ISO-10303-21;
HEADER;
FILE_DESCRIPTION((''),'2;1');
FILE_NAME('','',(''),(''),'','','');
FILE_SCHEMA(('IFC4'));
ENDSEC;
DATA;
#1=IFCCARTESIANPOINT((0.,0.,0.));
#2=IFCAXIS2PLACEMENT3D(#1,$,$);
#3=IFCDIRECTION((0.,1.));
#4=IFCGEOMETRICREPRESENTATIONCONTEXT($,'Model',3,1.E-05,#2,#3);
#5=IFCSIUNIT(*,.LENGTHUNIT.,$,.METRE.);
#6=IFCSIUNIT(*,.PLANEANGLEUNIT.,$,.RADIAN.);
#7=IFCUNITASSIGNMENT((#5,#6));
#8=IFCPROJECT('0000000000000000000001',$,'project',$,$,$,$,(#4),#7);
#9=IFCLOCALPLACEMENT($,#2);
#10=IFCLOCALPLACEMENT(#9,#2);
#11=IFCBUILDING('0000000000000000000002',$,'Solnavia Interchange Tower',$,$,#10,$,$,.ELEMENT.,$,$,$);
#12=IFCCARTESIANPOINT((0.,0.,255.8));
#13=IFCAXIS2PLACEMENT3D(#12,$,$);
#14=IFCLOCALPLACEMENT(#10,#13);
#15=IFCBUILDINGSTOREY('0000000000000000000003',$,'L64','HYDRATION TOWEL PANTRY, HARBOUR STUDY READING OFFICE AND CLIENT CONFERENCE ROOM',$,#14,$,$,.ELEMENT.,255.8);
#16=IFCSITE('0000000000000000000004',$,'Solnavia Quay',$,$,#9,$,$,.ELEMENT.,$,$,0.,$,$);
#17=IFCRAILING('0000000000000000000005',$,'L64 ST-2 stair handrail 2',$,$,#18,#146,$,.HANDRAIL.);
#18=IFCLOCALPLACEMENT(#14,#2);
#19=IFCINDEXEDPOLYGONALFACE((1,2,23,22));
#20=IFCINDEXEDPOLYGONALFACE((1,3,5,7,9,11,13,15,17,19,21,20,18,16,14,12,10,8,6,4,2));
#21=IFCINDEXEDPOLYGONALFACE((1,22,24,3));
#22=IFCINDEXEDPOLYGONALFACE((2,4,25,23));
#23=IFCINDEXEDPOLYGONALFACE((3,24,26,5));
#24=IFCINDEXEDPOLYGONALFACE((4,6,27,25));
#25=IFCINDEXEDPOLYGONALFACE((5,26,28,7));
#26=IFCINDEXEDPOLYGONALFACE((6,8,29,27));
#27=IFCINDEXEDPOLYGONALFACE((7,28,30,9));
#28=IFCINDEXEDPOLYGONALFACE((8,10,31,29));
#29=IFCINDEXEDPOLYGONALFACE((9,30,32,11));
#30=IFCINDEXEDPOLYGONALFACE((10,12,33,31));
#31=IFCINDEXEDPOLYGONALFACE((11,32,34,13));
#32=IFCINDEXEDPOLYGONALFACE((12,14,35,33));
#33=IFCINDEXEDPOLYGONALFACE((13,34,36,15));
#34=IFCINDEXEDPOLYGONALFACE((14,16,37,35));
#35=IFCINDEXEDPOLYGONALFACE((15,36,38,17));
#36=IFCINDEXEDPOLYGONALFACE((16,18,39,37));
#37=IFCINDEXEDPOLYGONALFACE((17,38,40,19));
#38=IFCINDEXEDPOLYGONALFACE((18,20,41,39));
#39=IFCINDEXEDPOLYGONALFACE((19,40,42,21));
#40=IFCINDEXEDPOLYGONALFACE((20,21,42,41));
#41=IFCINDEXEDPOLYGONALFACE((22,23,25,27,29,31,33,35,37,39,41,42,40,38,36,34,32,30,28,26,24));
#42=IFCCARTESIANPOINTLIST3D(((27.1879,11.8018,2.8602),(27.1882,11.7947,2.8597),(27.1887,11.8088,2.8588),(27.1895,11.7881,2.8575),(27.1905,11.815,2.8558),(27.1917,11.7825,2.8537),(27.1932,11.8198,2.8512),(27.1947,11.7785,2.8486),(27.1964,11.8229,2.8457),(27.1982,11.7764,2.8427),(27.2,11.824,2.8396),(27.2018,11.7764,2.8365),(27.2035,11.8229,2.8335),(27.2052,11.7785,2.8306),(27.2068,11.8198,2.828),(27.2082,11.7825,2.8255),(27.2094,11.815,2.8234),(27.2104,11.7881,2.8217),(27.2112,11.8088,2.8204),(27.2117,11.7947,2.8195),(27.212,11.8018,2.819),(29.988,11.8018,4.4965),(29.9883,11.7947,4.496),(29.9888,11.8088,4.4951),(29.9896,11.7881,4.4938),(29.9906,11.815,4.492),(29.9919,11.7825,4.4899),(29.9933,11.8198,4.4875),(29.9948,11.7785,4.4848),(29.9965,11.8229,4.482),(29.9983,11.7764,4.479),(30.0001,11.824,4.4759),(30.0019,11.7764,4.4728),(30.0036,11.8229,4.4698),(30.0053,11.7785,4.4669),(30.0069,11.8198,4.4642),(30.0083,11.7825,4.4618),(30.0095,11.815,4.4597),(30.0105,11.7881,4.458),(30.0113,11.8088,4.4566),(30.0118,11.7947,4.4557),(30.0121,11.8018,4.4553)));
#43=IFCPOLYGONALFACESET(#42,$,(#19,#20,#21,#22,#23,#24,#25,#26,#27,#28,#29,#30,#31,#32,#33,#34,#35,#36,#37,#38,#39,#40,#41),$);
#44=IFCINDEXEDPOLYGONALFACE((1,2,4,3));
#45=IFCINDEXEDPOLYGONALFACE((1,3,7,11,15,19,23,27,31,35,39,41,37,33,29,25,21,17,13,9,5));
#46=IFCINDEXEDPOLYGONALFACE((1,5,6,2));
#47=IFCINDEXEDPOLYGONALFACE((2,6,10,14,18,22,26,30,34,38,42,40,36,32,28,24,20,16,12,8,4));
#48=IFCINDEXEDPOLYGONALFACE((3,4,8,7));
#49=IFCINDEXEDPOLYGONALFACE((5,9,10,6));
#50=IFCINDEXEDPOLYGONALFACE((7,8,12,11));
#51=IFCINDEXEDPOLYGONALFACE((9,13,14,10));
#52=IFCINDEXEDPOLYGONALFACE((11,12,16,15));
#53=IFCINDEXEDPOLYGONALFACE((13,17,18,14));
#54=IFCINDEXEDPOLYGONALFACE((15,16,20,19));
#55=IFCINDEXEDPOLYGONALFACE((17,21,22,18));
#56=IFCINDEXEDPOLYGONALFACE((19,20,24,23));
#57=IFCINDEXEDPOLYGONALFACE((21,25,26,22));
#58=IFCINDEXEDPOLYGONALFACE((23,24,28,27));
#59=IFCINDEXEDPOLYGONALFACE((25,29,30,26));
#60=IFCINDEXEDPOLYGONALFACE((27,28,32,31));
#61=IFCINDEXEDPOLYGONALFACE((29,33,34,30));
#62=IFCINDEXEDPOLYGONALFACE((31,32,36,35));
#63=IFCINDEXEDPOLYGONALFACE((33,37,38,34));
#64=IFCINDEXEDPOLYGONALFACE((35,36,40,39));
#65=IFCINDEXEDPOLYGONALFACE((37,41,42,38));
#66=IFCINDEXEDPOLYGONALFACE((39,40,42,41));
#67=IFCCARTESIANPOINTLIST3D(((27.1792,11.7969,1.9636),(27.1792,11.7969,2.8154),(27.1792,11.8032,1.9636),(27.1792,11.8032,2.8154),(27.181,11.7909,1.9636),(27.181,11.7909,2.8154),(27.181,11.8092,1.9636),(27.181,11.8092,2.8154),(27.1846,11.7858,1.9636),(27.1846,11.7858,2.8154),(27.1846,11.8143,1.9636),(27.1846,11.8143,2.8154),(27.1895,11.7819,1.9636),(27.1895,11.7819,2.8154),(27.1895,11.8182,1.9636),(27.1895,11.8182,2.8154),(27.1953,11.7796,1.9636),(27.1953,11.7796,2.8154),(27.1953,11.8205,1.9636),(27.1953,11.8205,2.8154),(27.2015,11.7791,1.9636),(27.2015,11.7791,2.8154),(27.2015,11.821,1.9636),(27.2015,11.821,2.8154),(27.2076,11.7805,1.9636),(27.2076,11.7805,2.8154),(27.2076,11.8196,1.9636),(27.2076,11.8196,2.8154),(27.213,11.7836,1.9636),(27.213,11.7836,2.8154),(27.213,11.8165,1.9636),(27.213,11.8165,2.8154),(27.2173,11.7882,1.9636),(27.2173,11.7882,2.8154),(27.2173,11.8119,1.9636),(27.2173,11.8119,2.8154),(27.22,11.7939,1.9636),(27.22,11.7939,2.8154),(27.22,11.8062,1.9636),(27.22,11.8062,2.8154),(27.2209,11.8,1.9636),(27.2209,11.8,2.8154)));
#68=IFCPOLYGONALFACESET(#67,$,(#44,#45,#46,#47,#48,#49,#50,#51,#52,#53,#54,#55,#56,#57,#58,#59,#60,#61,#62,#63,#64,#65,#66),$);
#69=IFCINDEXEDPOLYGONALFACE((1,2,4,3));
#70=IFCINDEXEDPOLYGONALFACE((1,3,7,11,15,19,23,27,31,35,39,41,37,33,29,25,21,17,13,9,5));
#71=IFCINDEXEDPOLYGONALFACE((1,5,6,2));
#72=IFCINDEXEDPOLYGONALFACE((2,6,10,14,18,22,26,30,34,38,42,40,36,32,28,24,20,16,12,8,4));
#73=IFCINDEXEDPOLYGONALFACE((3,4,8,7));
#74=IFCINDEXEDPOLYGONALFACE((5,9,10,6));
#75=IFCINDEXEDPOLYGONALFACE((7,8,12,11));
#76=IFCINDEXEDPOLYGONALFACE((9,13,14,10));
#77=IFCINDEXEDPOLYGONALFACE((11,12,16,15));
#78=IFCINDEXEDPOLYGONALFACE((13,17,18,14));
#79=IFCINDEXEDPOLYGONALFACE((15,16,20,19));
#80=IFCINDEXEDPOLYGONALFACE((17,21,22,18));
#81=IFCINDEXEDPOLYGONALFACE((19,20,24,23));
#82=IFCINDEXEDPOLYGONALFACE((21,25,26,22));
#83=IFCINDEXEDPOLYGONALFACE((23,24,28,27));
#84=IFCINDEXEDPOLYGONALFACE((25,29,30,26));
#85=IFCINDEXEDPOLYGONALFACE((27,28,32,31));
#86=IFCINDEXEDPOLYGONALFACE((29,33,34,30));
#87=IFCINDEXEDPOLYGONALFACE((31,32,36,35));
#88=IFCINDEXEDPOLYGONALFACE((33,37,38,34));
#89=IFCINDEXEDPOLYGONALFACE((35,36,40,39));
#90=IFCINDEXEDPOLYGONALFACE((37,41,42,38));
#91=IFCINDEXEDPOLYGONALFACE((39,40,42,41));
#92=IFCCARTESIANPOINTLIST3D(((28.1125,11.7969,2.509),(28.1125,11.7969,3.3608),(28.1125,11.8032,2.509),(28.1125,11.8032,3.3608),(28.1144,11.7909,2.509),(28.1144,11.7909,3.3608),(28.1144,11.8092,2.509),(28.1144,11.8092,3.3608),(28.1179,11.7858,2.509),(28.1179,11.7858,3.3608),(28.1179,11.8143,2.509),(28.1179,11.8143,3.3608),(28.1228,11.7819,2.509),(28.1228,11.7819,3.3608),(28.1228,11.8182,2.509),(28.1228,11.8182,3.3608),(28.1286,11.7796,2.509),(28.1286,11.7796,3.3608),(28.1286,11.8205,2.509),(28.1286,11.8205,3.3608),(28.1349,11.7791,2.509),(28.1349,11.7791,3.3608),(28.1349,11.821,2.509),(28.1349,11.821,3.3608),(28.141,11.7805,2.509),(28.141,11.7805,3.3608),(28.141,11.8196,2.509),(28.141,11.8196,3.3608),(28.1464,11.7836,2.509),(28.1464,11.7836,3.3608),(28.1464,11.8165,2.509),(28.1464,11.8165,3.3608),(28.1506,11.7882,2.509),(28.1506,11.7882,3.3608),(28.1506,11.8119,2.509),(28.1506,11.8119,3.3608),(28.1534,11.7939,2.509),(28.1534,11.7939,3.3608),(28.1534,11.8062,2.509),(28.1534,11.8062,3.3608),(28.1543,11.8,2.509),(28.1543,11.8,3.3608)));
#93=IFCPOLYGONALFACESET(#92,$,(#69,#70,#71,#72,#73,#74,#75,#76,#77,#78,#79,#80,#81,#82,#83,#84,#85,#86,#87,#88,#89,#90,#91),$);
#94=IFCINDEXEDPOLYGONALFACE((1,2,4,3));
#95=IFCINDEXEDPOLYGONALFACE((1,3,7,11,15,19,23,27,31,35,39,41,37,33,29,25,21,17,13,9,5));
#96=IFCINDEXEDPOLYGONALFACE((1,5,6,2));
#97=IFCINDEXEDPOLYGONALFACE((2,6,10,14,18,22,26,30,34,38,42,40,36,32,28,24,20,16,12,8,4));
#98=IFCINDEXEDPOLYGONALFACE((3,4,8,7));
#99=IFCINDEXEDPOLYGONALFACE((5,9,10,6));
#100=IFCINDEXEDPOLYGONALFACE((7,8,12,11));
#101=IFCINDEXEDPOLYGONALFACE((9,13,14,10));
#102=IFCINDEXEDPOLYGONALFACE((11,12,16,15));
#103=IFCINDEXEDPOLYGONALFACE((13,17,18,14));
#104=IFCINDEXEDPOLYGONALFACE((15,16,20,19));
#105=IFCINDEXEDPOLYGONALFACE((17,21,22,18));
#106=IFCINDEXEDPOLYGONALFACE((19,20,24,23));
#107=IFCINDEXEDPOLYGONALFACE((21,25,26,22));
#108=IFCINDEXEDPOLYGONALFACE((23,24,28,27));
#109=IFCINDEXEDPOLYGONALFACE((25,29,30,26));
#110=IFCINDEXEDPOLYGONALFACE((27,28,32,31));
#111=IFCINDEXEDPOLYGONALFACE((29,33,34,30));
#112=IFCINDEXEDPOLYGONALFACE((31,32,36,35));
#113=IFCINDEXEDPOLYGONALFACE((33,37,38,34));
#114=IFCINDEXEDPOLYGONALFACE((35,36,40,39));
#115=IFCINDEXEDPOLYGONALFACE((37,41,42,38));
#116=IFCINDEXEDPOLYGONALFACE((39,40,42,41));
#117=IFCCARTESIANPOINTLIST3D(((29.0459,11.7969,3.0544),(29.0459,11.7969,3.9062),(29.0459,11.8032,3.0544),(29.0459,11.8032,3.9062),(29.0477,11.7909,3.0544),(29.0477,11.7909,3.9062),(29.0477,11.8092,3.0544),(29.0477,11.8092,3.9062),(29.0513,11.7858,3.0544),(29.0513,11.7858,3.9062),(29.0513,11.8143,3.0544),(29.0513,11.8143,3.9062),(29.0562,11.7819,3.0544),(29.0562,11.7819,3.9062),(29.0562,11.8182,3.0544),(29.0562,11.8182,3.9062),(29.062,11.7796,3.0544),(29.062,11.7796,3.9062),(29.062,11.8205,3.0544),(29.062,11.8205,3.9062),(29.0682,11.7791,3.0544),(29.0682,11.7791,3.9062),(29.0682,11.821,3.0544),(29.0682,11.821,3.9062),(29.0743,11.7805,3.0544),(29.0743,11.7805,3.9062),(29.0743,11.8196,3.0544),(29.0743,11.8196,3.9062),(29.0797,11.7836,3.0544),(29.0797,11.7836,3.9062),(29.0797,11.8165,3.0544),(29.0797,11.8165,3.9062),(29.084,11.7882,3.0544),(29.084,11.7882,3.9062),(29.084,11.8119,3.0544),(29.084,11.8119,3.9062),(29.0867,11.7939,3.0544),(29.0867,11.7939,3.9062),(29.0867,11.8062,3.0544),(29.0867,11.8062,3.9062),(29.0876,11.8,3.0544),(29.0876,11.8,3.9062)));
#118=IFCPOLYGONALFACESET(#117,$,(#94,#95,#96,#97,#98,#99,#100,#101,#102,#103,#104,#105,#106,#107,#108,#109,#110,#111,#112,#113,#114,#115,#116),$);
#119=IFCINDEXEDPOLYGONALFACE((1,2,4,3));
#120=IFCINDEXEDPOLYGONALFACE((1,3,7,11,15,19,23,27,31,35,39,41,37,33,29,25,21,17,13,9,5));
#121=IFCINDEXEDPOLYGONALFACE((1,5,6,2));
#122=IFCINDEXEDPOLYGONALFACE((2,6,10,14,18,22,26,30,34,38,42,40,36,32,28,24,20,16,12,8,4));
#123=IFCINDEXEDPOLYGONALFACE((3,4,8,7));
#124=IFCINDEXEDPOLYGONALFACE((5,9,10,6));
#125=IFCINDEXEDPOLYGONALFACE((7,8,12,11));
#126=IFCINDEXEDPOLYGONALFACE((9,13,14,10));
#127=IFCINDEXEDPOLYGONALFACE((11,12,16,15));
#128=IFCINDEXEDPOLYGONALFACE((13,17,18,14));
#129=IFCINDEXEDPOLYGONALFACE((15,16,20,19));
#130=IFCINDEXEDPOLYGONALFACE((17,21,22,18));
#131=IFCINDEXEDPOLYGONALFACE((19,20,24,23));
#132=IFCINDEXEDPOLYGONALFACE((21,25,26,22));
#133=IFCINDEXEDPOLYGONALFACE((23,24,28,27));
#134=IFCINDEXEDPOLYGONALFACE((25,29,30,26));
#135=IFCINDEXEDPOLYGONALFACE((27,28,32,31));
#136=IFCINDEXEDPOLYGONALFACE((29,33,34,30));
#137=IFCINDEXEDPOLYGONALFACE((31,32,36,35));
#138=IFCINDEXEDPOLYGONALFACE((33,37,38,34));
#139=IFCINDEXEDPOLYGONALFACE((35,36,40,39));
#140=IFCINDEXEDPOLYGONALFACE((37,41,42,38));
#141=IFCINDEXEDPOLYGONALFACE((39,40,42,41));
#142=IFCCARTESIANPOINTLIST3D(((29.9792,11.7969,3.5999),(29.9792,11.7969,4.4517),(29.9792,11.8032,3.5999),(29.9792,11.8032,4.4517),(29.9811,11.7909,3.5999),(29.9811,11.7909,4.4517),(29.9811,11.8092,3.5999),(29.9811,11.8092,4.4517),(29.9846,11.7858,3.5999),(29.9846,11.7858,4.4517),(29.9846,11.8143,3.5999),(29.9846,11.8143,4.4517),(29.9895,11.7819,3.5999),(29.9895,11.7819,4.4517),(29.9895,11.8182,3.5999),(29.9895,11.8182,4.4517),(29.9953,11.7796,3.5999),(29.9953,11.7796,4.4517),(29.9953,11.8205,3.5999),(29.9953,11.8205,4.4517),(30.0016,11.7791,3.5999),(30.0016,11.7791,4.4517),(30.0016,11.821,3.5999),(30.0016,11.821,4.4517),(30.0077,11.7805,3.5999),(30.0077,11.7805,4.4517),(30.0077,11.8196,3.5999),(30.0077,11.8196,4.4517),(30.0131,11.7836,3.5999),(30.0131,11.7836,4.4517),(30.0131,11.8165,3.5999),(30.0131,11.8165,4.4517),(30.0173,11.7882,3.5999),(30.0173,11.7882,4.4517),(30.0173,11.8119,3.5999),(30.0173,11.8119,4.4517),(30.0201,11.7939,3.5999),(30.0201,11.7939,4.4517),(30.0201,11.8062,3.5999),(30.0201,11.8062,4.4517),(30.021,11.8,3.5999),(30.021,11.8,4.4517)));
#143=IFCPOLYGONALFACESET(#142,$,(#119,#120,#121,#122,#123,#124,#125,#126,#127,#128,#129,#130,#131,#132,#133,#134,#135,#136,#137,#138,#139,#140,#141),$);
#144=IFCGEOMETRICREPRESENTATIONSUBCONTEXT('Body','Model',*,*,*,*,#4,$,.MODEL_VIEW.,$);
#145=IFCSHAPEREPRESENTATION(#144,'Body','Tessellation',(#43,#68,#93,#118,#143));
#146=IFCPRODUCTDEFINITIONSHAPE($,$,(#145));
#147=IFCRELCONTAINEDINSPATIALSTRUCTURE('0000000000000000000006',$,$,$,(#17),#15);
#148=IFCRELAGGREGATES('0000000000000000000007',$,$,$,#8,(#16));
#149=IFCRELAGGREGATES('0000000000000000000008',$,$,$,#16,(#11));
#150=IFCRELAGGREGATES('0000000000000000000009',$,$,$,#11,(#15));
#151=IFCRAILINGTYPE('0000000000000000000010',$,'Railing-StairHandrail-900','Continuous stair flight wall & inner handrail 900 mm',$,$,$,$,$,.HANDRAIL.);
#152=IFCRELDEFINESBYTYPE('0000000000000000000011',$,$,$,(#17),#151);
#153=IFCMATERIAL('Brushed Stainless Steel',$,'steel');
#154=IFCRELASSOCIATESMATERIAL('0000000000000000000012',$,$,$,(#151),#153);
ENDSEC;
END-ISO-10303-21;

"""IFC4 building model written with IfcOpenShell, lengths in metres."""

from ifc_helpers import new_model, si_unit, direction, frame, origin, origin_2d, place, context, subcontext, project, spatial, circle, extrude, material, type_object, element, save


model = new_model("IFC4")

# Units and contexts
model_context = context("Model", 3, precision=1e-05, world=origin(), true_north=direction((0.0, 1.0)))
body_context = subcontext(model_context, "Body", "Model", "MODEL_VIEW")
ifc_project = project(units=[si_unit("LENGTHUNIT", "METRE"), si_unit("PLANEANGLEUNIT", "RADIAN")], contexts=[model_context])

# Site, building, storey
site_placement = place(None, origin())
site = spatial("IfcSite", under=ifc_project, at=site_placement, Name="Solnavia Quay", CompositionType="ELEMENT", RefElevation=0.0)
building_placement = place(site_placement, origin())
building = spatial("IfcBuilding", under=site, at=building_placement, Name="Solnavia Interchange Tower", CompositionType="ELEMENT")
storey_placement = place(building_placement, frame((0.0, 0.0, 255.8)))
storey = spatial("IfcBuildingStorey", under=building, at=storey_placement, Name="L64", Description="HYDRATION TOWEL PANTRY, HARBOUR STUDY READING OFFICE AND CLIENT CONFERENCE ROOM", CompositionType="ELEMENT", Elevation=255.8)

# Railing
ifc_material_1 = material(Name="Brushed Stainless Steel", Category="steel")
railing_type_1 = type_object("IfcRailingType", Name="Railing-StairHandrail-900", Description="Continuous stair flight wall & inner handrail 900 mm", PredefinedType="HANDRAIL", material=ifc_material_1)
railing_1_placement = place(storey_placement, frame((27.2, 11.8, 1.9636)))
element("IfcRailing", 1, at=railing_1_placement, inside=storey, type_object=railing_type_1, Name="L64 ST-2 stair handrail 2", PredefinedType="HANDRAIL", context=body_context, shape_type="SweptSolid", body=[
    extrude(circle(Radius=0.0239, at=origin_2d()), frame((0.0, 0.0, 0.876), z_axis=(0.863394, 0.0, 0.504531), x_axis=(0.0, 1.0, 0.0)), (0.0, 0.0, 1.0), 3.2432),
    extrude(circle(Radius=0.021, at=origin_2d()), origin(), (0.0, 0.0, 1.0), 0.8518),
    extrude(circle(Radius=0.021, at=origin_2d()), frame((0.9333, 0.0, 0.5454)), (0.0, 0.0, 1.0), 0.8518),
    extrude(circle(Radius=0.021, at=origin_2d()), frame((1.8667, 0.0, 1.0908)), (0.0, 0.0, 1.0), 0.8518),
    extrude(circle(Radius=0.021, at=origin_2d()), frame((2.8, 0.0, 1.6362)), (0.0, 0.0, 1.0), 0.8518),
])

save(model, "model.ifc")
